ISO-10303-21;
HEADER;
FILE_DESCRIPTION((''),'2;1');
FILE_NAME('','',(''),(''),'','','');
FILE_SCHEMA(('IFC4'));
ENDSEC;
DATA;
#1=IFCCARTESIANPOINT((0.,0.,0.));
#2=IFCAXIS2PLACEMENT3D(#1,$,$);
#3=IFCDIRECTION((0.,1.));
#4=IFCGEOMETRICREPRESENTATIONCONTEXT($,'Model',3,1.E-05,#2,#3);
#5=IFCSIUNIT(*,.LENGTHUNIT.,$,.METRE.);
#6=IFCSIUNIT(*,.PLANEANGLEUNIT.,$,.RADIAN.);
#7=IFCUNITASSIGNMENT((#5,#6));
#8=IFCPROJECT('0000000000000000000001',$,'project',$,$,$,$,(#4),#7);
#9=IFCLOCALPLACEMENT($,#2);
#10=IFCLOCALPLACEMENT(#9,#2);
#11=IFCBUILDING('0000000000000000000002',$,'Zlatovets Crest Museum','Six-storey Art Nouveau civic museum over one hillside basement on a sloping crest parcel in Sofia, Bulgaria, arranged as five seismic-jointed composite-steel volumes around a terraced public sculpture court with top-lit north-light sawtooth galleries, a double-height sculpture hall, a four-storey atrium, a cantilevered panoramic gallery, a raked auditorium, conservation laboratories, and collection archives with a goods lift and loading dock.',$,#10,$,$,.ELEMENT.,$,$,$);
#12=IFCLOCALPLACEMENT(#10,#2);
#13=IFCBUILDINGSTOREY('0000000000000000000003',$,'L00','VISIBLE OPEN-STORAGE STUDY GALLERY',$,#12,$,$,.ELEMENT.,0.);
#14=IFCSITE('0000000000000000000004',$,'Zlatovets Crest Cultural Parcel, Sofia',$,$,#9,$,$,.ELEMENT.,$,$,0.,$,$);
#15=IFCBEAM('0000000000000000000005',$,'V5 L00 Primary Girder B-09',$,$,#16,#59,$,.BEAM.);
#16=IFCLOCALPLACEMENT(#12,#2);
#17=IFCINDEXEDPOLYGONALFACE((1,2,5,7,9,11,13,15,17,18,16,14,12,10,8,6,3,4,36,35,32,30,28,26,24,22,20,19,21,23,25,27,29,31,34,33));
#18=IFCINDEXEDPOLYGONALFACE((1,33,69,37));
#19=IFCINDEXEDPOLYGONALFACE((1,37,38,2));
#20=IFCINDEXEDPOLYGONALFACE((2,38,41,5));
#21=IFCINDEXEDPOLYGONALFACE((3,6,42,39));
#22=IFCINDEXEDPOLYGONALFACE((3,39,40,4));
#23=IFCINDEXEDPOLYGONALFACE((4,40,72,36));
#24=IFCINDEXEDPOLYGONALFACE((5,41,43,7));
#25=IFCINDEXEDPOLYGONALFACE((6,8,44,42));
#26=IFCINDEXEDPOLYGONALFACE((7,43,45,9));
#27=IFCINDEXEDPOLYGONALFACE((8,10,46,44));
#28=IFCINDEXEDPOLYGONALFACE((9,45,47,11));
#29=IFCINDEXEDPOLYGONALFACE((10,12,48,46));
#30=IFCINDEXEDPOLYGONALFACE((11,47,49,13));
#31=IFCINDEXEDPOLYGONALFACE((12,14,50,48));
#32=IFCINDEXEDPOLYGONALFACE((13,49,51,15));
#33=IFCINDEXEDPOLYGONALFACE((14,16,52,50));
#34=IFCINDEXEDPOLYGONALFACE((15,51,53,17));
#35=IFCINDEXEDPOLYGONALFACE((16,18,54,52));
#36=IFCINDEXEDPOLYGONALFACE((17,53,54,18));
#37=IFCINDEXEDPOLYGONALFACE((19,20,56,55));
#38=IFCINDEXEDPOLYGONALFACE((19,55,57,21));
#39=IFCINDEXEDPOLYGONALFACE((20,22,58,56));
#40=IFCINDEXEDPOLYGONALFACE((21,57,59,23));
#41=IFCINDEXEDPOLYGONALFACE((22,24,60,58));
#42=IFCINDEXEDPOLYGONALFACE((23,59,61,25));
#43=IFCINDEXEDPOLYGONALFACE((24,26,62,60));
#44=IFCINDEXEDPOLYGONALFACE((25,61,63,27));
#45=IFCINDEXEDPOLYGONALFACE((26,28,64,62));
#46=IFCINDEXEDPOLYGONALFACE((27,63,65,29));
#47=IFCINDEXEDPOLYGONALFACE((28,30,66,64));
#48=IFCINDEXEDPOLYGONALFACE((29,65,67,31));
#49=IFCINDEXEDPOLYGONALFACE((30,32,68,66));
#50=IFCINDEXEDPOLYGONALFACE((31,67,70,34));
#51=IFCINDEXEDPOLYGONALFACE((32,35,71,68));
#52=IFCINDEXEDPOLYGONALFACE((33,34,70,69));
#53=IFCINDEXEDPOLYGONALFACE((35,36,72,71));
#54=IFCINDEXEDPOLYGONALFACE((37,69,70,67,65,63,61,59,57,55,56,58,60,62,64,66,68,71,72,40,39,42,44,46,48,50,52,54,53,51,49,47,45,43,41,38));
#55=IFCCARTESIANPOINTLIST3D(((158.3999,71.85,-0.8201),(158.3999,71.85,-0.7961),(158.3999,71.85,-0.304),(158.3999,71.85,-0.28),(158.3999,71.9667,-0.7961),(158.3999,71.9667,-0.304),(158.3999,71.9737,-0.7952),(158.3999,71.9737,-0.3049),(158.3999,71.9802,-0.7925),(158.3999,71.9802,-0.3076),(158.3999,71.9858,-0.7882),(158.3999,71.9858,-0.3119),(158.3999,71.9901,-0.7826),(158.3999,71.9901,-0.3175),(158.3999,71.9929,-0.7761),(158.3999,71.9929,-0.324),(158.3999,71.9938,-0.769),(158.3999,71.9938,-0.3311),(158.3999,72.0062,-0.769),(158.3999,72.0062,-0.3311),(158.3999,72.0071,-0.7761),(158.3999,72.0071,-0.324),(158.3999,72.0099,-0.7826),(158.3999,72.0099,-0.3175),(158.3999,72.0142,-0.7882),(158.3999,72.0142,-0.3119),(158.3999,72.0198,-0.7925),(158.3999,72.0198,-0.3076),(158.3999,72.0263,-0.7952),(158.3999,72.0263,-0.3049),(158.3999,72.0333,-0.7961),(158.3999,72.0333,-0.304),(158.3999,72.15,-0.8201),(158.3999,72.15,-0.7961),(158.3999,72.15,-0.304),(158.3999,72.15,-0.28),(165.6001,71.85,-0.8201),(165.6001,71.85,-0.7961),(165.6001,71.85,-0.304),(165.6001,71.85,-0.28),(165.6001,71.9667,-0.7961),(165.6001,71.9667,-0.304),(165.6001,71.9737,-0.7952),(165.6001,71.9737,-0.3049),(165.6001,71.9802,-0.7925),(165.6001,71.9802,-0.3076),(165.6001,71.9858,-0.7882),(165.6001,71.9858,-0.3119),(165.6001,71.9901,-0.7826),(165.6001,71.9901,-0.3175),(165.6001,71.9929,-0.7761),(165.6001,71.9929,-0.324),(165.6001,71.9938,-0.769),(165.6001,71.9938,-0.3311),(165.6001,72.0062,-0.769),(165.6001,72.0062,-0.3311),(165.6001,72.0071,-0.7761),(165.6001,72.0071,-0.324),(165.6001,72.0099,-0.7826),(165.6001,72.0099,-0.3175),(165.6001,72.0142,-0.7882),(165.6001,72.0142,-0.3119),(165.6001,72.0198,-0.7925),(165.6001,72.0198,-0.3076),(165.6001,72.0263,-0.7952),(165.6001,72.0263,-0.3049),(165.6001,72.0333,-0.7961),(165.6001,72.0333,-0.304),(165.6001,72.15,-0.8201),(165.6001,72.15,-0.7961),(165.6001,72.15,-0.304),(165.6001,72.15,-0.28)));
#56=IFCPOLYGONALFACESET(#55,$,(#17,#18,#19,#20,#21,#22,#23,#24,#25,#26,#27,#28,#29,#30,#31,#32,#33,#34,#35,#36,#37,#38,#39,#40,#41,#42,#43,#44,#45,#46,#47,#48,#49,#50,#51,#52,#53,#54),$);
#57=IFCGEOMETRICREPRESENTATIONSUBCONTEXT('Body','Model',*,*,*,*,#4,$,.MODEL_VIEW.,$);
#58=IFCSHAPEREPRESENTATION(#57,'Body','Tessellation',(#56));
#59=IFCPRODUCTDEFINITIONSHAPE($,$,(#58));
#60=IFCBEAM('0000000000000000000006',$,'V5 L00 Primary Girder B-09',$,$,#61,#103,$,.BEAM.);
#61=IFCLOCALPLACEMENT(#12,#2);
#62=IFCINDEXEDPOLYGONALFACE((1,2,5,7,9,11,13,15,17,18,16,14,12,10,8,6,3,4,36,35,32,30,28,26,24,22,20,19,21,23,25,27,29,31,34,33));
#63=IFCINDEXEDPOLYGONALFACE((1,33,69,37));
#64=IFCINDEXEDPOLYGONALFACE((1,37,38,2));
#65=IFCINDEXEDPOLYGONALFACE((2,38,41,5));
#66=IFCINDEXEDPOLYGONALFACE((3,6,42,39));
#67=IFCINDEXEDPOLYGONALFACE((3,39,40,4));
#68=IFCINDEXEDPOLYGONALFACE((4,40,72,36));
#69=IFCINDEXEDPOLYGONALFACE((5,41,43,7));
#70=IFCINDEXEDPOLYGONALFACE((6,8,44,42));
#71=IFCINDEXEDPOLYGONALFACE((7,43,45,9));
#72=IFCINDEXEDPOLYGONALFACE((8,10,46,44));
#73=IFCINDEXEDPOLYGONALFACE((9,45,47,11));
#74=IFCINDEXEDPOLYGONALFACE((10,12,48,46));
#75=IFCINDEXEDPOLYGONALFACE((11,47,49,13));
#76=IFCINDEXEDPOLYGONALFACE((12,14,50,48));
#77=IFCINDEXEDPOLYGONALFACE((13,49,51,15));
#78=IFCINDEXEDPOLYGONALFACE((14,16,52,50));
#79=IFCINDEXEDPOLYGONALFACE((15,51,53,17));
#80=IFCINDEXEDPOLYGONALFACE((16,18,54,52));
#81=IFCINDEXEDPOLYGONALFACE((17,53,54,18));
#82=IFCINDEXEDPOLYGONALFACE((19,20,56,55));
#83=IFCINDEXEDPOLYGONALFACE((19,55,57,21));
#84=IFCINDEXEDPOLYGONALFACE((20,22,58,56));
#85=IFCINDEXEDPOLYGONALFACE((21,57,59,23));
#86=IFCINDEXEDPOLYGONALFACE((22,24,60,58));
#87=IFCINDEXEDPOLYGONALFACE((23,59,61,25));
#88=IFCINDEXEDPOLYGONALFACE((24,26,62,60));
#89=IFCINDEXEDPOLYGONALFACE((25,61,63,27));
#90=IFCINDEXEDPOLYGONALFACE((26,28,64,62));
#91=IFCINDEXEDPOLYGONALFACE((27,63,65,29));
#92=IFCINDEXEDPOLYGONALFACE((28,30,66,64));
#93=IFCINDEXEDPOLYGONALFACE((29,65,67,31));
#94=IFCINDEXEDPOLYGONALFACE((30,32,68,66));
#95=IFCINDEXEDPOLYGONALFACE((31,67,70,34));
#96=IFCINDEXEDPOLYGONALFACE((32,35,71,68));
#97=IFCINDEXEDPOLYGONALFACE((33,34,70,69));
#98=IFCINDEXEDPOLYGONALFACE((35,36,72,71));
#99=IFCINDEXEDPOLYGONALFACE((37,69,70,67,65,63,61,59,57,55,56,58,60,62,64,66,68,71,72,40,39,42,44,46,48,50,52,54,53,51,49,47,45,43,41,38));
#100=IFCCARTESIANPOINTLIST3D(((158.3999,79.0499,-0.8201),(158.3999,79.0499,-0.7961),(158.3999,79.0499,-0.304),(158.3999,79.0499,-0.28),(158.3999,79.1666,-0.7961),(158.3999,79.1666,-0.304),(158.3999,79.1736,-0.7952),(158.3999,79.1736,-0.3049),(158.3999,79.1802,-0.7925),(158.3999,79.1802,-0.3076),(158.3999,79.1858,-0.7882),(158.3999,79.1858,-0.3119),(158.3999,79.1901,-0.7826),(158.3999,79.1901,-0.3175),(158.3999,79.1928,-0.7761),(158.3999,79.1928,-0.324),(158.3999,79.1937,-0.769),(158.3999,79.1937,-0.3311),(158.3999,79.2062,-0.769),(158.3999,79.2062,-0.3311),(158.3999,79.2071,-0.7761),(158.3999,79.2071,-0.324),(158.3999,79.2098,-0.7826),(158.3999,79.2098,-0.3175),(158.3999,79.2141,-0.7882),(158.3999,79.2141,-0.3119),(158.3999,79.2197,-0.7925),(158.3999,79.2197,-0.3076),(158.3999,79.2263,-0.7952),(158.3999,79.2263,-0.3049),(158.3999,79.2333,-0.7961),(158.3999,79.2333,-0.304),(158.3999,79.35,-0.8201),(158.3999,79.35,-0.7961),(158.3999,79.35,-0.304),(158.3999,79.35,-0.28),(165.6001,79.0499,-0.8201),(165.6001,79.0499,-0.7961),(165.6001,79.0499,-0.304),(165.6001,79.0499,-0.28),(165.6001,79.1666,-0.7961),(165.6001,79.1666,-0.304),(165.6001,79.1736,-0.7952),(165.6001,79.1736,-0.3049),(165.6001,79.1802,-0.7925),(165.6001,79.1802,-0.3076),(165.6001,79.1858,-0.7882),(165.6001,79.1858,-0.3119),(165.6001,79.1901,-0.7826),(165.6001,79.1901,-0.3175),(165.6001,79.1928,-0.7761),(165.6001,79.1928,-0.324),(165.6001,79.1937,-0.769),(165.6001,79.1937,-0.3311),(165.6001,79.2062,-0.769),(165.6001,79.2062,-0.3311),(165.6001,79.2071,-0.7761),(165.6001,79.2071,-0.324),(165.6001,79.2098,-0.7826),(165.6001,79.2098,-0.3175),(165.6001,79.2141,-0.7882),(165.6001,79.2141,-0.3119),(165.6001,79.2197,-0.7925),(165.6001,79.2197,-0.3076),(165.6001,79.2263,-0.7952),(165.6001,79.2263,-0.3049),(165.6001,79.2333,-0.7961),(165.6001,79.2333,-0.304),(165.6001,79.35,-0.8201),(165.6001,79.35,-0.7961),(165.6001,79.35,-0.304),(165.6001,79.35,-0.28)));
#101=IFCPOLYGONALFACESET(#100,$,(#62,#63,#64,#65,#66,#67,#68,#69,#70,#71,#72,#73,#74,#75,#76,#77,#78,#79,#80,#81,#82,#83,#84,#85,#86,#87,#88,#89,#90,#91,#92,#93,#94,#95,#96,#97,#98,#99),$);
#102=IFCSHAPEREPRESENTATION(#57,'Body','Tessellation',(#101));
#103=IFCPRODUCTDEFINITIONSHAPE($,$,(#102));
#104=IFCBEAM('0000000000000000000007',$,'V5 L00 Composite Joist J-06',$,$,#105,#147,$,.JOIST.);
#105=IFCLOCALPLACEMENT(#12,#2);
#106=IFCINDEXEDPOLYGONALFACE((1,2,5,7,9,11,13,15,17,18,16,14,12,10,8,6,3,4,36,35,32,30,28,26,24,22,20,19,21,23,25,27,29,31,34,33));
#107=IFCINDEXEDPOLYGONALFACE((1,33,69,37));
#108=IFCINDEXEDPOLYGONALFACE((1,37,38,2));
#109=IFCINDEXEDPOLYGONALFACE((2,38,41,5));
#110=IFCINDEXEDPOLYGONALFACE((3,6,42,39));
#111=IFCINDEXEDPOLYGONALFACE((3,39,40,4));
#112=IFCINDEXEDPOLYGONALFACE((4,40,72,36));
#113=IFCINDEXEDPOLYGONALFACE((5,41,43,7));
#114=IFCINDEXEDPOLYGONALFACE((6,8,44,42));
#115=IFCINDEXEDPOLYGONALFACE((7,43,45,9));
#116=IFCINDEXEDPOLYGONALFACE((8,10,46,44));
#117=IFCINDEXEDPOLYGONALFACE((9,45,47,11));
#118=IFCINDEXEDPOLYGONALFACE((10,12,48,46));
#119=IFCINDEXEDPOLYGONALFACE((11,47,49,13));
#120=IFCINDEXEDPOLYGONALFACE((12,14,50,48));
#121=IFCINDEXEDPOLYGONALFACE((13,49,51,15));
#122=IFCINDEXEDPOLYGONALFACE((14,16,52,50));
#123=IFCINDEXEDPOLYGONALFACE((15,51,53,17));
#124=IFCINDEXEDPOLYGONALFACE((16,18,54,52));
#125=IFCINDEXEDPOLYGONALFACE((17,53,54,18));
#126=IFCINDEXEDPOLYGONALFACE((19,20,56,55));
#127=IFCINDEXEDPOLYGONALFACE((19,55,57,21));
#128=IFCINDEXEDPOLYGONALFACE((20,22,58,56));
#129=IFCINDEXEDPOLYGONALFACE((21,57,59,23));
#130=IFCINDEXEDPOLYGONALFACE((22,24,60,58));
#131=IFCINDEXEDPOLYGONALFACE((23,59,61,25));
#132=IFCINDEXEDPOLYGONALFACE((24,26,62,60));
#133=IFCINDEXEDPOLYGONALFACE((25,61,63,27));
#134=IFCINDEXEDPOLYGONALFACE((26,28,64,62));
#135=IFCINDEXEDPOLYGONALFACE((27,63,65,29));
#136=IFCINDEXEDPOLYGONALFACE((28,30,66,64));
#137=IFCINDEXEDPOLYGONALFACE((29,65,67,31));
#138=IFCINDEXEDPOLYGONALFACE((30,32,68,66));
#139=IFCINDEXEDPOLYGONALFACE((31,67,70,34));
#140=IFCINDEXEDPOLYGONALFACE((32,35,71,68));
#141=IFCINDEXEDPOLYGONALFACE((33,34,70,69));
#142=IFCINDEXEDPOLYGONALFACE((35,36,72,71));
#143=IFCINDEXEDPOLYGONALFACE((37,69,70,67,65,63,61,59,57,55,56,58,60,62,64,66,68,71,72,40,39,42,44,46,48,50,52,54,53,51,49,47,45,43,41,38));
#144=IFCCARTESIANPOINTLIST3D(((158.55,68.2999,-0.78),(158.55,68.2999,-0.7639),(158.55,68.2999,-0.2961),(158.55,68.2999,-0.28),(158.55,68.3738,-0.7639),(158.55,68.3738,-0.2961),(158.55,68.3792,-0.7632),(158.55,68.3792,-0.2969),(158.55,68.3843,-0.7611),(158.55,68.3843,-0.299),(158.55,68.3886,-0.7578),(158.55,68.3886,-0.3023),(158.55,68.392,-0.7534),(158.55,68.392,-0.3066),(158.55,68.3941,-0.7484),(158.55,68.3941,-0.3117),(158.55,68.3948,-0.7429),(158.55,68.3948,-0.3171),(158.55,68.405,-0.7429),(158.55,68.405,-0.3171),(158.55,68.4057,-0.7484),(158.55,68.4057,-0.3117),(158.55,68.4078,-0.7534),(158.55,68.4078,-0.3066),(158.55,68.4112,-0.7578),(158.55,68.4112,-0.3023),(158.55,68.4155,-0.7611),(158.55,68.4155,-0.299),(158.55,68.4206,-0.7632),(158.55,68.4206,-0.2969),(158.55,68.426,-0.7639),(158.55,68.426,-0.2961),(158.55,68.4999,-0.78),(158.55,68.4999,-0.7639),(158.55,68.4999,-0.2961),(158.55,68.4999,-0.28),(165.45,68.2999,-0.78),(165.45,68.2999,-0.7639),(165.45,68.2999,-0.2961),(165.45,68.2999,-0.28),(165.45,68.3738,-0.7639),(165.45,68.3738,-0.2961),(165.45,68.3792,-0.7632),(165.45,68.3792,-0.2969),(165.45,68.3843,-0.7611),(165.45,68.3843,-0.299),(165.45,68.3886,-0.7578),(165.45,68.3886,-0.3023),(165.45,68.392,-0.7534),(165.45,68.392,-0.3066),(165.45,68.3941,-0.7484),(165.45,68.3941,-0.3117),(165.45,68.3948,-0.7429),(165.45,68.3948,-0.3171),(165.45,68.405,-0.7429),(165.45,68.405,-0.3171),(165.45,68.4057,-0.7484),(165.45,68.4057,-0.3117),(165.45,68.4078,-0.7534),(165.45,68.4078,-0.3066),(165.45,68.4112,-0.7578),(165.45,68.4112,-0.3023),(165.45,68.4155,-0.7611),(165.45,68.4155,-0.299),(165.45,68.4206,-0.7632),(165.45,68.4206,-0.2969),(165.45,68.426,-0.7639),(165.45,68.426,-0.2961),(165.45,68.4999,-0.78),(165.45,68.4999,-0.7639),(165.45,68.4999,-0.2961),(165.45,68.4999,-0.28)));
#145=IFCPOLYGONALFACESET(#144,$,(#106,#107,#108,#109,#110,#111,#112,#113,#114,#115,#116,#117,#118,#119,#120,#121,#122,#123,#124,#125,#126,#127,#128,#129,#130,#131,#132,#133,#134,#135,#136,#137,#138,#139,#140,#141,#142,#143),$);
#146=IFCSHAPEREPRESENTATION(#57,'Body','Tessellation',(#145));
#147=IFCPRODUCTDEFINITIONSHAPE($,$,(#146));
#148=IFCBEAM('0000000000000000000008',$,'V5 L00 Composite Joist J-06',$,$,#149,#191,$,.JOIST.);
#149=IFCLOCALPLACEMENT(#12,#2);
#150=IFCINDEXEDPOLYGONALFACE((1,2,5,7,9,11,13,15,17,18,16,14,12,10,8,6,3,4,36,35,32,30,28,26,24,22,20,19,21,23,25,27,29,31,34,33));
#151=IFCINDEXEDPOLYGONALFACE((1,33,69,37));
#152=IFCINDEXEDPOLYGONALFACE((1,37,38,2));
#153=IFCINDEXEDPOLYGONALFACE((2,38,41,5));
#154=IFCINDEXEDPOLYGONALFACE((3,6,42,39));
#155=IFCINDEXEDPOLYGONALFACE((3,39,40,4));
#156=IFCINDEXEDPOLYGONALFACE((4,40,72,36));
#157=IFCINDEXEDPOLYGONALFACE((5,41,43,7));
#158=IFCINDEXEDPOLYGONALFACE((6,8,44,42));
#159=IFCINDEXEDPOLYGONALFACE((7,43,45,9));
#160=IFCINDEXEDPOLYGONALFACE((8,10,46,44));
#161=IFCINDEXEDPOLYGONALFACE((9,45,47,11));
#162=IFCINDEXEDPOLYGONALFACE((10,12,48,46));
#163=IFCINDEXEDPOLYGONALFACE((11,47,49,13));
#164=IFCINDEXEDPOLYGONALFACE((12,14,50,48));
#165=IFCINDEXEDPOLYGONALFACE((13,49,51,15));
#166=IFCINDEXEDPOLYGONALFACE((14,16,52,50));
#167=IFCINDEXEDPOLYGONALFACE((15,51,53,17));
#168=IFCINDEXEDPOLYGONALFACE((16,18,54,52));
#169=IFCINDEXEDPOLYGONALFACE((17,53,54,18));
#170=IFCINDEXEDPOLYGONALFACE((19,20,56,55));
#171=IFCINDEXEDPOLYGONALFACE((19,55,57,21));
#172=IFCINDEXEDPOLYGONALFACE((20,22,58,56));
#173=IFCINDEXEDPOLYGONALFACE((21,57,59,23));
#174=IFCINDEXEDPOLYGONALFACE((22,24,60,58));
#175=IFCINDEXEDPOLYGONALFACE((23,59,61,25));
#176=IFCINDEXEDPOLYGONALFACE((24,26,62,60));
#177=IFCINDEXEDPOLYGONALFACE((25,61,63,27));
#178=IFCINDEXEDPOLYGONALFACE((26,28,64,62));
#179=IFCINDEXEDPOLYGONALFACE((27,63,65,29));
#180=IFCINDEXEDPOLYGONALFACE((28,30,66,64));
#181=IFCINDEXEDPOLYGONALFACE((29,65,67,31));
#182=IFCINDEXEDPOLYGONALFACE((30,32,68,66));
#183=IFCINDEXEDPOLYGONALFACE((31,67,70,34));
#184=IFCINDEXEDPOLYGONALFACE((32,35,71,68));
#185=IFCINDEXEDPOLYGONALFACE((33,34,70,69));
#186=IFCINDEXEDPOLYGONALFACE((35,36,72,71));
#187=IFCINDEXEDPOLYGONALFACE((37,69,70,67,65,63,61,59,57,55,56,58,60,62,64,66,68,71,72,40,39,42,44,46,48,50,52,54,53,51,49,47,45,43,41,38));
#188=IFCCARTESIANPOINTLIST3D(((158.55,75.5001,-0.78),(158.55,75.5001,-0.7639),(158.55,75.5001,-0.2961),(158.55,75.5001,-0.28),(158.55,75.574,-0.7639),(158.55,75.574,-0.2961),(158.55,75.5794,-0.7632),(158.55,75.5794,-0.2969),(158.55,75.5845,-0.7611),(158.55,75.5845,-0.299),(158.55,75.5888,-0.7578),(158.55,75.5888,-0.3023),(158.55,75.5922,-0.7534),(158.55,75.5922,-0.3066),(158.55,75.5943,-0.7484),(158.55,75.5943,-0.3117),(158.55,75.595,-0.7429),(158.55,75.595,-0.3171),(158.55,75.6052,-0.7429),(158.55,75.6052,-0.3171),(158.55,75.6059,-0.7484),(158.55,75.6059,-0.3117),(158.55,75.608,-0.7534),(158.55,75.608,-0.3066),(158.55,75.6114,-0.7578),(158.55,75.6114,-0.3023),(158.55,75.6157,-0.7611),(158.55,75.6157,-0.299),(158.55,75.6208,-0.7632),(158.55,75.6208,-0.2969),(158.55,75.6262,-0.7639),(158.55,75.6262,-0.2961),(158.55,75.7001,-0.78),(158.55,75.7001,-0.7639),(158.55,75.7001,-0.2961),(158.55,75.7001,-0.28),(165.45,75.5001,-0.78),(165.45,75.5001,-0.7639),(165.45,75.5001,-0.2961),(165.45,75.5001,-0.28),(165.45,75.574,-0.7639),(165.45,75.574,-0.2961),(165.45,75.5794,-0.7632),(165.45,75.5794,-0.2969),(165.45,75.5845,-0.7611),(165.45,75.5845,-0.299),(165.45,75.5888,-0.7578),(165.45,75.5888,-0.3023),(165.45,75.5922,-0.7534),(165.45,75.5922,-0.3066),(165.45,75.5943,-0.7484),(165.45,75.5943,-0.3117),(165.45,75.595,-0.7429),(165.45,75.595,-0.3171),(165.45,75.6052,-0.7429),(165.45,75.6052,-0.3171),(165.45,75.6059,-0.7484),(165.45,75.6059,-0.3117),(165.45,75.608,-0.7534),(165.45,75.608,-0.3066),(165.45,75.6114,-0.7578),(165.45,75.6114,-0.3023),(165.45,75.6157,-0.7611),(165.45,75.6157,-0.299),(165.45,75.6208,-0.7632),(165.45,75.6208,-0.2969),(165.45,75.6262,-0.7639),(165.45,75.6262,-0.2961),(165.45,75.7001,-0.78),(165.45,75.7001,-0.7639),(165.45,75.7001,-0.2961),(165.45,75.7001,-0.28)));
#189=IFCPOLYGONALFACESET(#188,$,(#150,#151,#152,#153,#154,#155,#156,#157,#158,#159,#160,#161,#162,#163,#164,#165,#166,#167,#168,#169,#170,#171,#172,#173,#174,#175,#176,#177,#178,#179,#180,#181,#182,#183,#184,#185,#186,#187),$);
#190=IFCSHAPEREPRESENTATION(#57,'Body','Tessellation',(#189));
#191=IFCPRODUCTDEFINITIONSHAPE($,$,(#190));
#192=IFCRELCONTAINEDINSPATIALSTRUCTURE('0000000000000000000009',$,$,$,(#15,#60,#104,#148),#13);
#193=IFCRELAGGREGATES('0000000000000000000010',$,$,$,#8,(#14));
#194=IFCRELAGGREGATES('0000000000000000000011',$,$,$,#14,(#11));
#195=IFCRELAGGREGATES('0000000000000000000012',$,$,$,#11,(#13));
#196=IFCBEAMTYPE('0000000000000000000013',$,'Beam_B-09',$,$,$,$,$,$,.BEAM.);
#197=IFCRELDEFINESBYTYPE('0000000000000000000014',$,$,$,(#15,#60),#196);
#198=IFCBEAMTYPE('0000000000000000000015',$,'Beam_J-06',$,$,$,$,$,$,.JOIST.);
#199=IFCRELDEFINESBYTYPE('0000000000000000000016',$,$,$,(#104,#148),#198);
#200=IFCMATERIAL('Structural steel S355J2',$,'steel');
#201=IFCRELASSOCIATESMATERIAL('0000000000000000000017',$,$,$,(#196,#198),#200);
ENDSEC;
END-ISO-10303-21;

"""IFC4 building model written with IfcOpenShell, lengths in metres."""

from ifc_helpers import new_model, si_unit, direction, frame, origin, origin_2d, place, context, subcontext, project, spatial, i_section, extrude, material, material_profile, profile_set, type_object, element, save


model = new_model("IFC4")

# Units and contexts
model_context = context("Model", 3, precision=1e-05, world=origin(), true_north=direction((0.0, 1.0)))
body_context = subcontext(model_context, "Body", "Model", "MODEL_VIEW")
ifc_project = project(units=[si_unit("LENGTHUNIT", "METRE"), si_unit("PLANEANGLEUNIT", "RADIAN")], contexts=[model_context])

# Site, building, storey
site_placement = place(None, origin())
site = spatial("IfcSite", under=ifc_project, at=site_placement, Name="Zlatovets Crest Cultural Parcel, Sofia", CompositionType="ELEMENT", RefElevation=0.0)
building_placement = place(site_placement, origin())
building = spatial("IfcBuilding", under=site, at=building_placement, Name="Zlatovets Crest Museum", Description="Six-storey Art Nouveau civic museum over one hillside basement on a sloping crest parcel in Sofia, Bulgaria, arranged as five seismic-jointed composite-steel volumes around a terraced public sculpture court with top-lit north-light sawtooth galleries, a double-height sculpture hall, a four-storey atrium, a cantilevered panoramic gallery, a raked auditorium, conservation laboratories, and collection archives with a goods lift and loading dock.", CompositionType="ELEMENT")
storey_placement = place(building_placement, origin())
storey = spatial("IfcBuildingStorey", under=building, at=storey_placement, Name="L00", Description="VISIBLE OPEN-STORAGE STUDY GALLERY", CompositionType="ELEMENT", Elevation=0.0)

# Shared definitions
ifc_material_1 = material(Name="Structural steel S355J2", Category="steel")

# Beams
ifc_material_profile_1 = material_profile(ifc_material_1, i_section(OverallWidth=0.3, OverallDepth=0.54, WebThickness=0.0125, FlangeThickness=0.0239, FilletRadius=0.0271, at=origin_2d()), Name="HEA 550")
ifc_profile_set_1 = profile_set([ifc_material_profile_1], Name="Structural steel S355J2")
beam_type_1 = type_object("IfcBeamType", Name="Beam_B-09", PredefinedType="BEAM", material=ifc_profile_set_1)
for number, where, z_axis, x_axis, name in (
    (1, (158.3999, 72.0, -0.55), (1.0, 0.0, 0.0), (0.0, 1.0, 0.0), "V5 L00 Primary Girder B-09"),
    (2, (158.3999, 79.2, -0.55), (1.0, 0.0, 0.0), (0.0, 1.0, 0.0), "V5 L00 Primary Girder B-09"),
):
    element("IfcBeam", number, at=place(storey_placement, frame(where, z_axis=z_axis, x_axis=x_axis)), inside=storey, type_object=beam_type_1, Name=name, PredefinedType="BEAM", context=body_context, shape_type="SweptSolid", body=[
        extrude(i_section(OverallWidth=0.3, OverallDepth=0.54, WebThickness=0.0125, FlangeThickness=0.0239, FilletRadius=0.0271, at=origin_2d()), origin(), (0.0, 0.0, 1.0), 7.2002),
    ])
ifc_material_profile_2 = material_profile(ifc_material_1, i_section(OverallWidth=0.2, OverallDepth=0.5, WebThickness=0.0103, FlangeThickness=0.0161, FilletRadius=0.021, at=origin_2d()), Name="IPE 500")
ifc_profile_set_2 = profile_set([ifc_material_profile_2], Name="Structural steel S355J2")
beam_type_2 = type_object("IfcBeamType", Name="Beam_J-06", PredefinedType="JOIST", material=ifc_profile_set_2)
for number, where, z_axis, x_axis, name in (
    (3, (158.55, 68.3999, -0.53), (1.0, 0.0, 0.0), (0.0, 1.0, 0.0), "V5 L00 Composite Joist J-06"),
    (4, (158.55, 75.6001, -0.53), (1.0, 0.0, 0.0), (0.0, 1.0, 0.0), "V5 L00 Composite Joist J-06"),
):
    element("IfcBeam", number, at=place(storey_placement, frame(where, z_axis=z_axis, x_axis=x_axis)), inside=storey, type_object=beam_type_2, Name=name, PredefinedType="JOIST", context=body_context, shape_type="SweptSolid", body=[
        extrude(i_section(OverallWidth=0.2, OverallDepth=0.5, WebThickness=0.0103, FlangeThickness=0.0161, FilletRadius=0.021, at=origin_2d()), origin(), (0.0, 0.0, 1.0), 6.8999),
    ])

save(model, "model.ifc")
